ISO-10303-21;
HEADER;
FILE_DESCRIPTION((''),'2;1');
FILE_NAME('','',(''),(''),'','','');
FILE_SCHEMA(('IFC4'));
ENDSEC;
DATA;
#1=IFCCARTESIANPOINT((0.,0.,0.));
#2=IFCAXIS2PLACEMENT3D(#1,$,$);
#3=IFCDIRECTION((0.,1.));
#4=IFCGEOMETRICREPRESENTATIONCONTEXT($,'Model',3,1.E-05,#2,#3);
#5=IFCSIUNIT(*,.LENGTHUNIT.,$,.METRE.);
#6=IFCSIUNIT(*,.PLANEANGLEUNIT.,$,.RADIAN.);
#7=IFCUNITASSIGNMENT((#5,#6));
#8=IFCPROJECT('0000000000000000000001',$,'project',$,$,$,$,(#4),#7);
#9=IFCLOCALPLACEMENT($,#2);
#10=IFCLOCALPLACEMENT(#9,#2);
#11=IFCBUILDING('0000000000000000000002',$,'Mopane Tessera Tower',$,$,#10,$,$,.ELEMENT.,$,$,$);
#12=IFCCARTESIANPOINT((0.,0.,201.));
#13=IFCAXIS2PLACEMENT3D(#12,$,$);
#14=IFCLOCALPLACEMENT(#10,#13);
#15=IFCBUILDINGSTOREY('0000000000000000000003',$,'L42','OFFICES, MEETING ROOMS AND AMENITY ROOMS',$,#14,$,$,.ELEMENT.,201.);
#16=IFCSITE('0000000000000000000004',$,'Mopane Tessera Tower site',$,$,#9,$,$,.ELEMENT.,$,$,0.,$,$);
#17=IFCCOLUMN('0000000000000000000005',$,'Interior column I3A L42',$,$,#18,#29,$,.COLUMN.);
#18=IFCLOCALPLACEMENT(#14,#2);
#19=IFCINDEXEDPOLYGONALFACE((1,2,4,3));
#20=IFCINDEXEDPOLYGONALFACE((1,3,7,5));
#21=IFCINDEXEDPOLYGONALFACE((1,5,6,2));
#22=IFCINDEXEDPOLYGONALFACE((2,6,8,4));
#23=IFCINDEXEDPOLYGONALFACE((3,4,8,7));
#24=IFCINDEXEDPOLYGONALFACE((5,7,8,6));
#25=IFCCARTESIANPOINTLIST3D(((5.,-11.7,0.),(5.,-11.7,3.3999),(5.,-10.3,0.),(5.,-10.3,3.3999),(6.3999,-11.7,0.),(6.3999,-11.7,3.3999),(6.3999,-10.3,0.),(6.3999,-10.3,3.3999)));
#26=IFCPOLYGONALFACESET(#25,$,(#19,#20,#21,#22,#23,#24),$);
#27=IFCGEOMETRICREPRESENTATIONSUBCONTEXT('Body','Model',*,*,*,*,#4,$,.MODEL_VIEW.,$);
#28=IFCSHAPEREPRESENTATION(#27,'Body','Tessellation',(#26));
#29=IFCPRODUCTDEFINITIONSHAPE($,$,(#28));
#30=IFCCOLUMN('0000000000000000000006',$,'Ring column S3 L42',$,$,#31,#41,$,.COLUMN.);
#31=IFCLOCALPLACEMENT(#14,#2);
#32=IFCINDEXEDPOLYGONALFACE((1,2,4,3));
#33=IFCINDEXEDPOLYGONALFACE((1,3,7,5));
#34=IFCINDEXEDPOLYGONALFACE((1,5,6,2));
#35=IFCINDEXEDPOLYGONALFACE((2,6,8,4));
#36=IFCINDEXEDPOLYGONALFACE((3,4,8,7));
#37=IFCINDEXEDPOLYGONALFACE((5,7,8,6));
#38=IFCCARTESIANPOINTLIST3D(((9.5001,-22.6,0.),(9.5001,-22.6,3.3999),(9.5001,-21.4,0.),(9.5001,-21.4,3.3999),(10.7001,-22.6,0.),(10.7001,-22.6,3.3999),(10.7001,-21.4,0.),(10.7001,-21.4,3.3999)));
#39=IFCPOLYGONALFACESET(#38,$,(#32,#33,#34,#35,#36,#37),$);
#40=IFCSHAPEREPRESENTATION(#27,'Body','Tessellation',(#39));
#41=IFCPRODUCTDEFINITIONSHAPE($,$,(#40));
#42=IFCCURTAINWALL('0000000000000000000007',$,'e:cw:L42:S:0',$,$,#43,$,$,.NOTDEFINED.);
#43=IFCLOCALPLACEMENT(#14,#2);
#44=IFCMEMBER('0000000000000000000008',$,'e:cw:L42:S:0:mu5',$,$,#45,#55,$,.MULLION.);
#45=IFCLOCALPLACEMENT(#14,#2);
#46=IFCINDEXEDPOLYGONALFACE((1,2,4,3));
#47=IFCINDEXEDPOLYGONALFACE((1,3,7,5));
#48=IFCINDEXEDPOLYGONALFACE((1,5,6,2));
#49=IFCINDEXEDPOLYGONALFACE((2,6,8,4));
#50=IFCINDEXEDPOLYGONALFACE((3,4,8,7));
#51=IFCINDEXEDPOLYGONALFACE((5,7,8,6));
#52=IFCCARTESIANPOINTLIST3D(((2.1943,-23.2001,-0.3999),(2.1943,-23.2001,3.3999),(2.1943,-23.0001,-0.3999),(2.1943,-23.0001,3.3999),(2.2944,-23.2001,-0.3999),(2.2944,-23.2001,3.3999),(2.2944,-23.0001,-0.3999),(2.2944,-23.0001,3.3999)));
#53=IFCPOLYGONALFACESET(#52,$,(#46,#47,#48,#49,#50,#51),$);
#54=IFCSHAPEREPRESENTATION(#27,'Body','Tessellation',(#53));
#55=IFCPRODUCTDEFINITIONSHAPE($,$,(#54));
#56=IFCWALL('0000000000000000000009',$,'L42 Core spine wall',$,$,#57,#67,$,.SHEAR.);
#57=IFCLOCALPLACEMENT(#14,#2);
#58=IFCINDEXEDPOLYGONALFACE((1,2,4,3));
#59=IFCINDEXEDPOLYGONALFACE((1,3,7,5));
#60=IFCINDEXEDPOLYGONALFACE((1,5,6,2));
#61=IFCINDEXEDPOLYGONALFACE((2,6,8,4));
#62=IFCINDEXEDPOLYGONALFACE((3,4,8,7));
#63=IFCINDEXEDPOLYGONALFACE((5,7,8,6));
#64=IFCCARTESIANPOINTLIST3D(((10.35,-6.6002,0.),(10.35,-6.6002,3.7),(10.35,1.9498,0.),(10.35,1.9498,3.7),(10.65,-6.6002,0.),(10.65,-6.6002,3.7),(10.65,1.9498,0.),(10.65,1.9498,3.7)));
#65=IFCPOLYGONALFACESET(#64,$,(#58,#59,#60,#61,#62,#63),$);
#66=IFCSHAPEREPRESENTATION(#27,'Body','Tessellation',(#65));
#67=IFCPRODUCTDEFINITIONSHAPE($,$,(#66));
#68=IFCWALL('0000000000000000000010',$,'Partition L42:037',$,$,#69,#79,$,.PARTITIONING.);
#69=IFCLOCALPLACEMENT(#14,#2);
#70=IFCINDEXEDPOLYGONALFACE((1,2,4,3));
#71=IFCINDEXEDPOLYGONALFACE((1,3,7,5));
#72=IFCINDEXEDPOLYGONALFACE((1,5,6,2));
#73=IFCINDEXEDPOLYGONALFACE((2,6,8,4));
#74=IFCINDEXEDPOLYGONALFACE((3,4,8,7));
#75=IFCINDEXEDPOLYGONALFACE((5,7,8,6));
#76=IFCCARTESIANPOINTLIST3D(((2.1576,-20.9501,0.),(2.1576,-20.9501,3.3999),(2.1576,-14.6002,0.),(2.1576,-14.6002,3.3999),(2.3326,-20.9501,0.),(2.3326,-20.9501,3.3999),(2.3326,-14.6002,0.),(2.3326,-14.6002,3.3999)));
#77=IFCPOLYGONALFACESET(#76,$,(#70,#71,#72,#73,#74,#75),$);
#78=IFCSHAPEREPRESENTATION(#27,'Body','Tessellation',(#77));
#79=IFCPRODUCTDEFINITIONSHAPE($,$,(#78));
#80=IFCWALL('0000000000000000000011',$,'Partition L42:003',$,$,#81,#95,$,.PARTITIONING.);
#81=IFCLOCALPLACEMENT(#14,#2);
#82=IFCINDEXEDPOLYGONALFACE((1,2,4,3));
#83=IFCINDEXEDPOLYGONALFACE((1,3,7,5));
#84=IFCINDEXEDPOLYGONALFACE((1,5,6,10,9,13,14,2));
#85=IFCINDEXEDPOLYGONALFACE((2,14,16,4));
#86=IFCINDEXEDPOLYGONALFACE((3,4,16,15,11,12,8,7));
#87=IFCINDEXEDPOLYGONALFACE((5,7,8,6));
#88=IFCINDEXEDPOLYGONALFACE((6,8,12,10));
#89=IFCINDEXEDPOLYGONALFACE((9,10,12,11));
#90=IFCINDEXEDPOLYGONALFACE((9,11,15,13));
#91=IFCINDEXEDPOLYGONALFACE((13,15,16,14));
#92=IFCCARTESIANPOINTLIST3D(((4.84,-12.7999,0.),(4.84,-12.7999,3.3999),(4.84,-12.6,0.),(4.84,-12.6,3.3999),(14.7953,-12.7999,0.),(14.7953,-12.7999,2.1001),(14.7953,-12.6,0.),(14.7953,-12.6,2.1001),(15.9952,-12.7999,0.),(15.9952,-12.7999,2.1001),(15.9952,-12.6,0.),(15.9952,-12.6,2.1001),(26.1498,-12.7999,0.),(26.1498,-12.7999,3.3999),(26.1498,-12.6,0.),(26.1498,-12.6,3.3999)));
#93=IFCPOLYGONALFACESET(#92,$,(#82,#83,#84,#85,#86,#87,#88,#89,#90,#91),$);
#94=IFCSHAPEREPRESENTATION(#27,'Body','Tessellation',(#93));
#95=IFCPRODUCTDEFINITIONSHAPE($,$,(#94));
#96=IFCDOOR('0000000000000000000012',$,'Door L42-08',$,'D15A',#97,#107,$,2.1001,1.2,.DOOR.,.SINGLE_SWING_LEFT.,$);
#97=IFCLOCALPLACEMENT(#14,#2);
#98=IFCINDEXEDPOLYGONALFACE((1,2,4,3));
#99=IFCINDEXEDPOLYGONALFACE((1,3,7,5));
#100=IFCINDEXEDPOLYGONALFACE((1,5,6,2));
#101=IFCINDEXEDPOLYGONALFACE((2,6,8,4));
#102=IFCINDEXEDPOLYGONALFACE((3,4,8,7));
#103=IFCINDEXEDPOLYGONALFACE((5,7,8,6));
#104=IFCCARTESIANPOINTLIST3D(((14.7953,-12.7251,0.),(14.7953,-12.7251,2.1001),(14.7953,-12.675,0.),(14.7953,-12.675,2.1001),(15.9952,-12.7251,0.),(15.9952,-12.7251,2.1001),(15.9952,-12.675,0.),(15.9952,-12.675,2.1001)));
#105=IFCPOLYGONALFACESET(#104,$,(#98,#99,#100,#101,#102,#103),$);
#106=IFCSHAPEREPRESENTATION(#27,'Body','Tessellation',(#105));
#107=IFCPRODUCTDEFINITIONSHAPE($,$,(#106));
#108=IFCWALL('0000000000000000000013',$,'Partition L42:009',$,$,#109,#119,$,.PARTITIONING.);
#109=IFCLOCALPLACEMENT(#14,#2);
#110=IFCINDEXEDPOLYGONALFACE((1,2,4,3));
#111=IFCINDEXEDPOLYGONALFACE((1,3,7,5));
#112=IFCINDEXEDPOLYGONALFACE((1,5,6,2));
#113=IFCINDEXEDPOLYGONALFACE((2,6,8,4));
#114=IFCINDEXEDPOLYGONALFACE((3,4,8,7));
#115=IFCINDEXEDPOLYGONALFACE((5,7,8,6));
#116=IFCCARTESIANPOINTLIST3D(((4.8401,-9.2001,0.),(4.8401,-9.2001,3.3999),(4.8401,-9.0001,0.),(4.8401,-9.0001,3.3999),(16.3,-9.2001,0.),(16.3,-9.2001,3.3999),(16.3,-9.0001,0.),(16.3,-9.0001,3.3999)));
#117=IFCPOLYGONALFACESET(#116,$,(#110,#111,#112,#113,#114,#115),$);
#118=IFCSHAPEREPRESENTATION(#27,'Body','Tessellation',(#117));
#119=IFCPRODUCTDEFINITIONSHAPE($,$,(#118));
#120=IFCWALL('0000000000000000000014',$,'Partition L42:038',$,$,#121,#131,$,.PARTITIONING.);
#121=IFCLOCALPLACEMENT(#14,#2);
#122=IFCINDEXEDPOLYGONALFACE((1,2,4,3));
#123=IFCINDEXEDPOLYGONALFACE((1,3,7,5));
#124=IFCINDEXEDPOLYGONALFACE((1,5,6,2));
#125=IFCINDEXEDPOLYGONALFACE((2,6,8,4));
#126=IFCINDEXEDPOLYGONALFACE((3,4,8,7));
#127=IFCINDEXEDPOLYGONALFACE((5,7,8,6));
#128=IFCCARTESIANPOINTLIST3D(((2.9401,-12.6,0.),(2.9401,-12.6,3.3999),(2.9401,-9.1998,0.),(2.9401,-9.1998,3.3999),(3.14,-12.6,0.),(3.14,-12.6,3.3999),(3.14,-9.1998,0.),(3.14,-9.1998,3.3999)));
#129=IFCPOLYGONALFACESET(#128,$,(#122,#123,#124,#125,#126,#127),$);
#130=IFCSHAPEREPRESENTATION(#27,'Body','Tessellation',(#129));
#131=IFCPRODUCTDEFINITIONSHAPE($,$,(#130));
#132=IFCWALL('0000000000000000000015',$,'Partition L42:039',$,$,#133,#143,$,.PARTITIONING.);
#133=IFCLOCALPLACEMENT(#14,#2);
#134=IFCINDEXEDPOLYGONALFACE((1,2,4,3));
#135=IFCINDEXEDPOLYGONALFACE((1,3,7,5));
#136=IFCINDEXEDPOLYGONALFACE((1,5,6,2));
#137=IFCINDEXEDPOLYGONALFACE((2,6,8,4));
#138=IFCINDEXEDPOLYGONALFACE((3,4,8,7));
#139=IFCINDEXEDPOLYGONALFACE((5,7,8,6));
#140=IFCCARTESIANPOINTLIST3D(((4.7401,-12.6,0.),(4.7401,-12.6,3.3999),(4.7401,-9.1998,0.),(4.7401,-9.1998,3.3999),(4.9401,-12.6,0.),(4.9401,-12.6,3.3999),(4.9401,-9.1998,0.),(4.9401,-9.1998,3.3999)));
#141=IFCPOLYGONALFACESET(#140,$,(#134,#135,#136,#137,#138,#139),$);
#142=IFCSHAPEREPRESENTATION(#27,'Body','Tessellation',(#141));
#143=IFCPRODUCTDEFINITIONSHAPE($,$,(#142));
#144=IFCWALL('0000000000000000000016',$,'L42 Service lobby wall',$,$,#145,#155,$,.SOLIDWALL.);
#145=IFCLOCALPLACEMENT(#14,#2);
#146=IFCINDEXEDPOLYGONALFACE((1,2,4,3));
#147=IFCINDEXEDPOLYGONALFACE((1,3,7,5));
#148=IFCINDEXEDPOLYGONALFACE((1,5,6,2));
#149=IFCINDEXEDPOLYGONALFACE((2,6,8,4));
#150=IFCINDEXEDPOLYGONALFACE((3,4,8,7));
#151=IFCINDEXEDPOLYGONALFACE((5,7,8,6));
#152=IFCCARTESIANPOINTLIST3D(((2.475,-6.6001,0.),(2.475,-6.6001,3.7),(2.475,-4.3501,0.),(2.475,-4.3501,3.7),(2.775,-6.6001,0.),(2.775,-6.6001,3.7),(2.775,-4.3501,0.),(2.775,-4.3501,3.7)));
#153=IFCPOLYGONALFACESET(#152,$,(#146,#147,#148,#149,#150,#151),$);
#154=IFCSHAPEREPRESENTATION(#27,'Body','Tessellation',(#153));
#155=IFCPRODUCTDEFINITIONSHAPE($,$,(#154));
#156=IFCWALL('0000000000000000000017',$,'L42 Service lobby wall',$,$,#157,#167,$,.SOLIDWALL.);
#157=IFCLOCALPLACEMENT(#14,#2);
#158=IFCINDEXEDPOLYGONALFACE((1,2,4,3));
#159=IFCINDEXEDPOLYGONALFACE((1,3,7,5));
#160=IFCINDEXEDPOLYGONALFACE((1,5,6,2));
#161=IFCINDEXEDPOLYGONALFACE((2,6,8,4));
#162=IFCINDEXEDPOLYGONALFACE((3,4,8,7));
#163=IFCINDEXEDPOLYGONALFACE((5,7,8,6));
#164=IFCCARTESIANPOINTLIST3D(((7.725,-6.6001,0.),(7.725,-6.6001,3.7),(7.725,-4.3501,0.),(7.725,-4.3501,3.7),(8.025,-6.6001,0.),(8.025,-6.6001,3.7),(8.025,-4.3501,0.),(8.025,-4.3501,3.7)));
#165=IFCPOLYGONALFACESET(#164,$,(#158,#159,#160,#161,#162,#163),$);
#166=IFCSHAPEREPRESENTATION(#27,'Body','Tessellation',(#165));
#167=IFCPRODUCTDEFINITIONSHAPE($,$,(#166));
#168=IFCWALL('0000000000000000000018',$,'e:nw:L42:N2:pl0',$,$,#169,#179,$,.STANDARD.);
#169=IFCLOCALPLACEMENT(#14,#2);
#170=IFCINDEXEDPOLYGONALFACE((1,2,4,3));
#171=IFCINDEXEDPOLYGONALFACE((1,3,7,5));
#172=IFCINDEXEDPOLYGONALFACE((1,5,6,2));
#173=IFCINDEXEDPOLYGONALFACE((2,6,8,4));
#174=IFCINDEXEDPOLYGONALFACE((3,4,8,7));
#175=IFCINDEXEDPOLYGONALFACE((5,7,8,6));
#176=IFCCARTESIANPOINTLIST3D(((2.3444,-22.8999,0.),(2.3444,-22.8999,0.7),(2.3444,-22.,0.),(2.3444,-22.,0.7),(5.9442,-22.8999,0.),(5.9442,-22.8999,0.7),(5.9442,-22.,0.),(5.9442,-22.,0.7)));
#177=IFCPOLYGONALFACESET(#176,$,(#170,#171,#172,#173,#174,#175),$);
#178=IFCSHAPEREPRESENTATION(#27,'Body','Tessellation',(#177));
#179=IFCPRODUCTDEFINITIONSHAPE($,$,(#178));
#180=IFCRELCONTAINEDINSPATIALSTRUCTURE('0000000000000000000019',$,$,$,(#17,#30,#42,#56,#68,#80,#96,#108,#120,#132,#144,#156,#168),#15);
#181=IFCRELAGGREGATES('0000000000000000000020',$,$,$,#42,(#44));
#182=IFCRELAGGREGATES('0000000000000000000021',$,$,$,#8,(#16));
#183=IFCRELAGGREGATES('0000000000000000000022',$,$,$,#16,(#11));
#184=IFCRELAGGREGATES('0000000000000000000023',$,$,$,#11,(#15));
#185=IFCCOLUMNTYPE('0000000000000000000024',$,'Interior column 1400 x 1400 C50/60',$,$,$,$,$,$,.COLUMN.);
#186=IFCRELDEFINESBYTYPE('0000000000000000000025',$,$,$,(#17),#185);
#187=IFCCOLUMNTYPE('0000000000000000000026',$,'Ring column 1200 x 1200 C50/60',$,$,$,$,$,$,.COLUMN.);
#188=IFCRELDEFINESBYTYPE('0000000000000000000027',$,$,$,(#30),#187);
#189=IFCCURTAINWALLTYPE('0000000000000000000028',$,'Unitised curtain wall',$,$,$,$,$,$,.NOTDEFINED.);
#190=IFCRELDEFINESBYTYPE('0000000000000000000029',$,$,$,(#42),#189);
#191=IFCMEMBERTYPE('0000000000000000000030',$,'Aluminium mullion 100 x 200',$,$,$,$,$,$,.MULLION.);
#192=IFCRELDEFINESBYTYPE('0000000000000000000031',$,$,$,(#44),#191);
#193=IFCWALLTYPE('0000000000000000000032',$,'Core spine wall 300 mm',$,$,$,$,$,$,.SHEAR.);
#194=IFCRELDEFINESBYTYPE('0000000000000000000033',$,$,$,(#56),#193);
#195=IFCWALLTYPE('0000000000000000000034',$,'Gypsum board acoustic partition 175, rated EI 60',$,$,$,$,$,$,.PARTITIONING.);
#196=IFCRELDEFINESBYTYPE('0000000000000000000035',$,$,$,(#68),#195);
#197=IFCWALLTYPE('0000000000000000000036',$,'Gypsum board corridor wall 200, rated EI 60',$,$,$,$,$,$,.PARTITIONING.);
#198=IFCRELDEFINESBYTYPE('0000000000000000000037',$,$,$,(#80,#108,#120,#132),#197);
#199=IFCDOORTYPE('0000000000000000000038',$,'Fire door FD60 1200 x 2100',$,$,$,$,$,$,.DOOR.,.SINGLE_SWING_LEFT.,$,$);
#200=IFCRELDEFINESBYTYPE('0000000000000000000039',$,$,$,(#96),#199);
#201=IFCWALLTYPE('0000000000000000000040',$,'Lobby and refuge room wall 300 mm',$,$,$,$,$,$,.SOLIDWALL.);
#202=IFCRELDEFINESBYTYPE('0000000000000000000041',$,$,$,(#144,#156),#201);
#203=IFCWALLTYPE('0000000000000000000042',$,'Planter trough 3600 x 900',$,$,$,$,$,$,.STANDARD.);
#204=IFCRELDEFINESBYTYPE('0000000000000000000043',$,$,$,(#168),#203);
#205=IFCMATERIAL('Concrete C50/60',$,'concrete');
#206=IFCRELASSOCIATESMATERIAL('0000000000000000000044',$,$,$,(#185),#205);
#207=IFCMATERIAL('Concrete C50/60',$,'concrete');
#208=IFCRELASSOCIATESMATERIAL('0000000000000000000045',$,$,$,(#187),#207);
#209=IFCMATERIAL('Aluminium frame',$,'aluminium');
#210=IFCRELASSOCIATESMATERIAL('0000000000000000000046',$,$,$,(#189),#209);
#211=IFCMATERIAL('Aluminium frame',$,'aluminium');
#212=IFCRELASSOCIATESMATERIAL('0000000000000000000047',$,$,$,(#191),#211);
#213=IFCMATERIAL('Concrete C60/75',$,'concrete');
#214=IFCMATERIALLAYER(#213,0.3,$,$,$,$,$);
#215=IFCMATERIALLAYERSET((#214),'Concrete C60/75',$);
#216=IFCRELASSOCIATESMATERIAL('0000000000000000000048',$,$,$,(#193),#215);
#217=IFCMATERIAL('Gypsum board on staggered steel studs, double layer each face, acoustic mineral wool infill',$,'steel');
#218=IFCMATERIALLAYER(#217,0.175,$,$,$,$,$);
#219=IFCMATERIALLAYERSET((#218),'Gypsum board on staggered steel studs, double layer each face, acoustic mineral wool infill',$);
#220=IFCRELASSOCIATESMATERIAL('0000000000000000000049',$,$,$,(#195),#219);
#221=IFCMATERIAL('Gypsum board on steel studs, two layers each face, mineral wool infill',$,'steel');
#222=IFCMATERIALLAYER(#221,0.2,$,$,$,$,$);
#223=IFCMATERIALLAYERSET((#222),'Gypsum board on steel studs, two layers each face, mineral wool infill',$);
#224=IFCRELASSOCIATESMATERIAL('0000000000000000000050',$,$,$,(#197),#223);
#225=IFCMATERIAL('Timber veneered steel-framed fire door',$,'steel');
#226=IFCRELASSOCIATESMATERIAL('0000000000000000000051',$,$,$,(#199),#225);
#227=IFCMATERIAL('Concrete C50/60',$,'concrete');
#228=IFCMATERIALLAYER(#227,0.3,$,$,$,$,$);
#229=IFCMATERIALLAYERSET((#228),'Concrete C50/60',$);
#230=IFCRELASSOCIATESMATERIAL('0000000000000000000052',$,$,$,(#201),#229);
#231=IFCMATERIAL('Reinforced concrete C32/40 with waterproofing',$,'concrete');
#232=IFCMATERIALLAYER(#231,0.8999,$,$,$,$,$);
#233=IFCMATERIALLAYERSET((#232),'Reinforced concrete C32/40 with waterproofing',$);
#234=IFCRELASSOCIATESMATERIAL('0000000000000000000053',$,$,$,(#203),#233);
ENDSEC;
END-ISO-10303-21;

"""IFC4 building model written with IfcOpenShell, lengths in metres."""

from ifc_helpers import new_model, si_unit, direction, frame, frame_2d, origin, origin_2d, place, context, subcontext, project, spatial, rectangle, extrude, material, layer, layer_set, material_profile, profile_set, type_object, element, fill, aggregate, save


model = new_model("IFC4")

# Units and contexts
model_context = context("Model", 3, precision=1e-05, world=origin(), true_north=direction((0.0, 1.0)))
body_context = subcontext(model_context, "Body", "Model", "MODEL_VIEW")
ifc_project = project(units=[si_unit("LENGTHUNIT", "METRE"), si_unit("PLANEANGLEUNIT", "RADIAN")], contexts=[model_context])

# Site, building, storey
site_placement = place(None, origin())
site = spatial("IfcSite", under=ifc_project, at=site_placement, Name="Mopane Tessera Tower site", CompositionType="ELEMENT", RefElevation=0.0)
building_placement = place(site_placement, origin())
building = spatial("IfcBuilding", under=site, at=building_placement, Name="Mopane Tessera Tower", CompositionType="ELEMENT")
storey_placement = place(building_placement, frame((0.0, 0.0, 201.0)))
storey = spatial("IfcBuildingStorey", under=building, at=storey_placement, Name="L42", Description="OFFICES, MEETING ROOMS AND AMENITY ROOMS", CompositionType="ELEMENT", Elevation=201.0)

# Columns
ifc_material_1 = material(Name="Concrete C50/60", Category="concrete")
ifc_material_profile_1 = material_profile(ifc_material_1, rectangle(XDim=1.3999, YDim=1.3999, at=origin_2d()))
ifc_profile_set_1 = profile_set([ifc_material_profile_1], Name="Concrete C50/60")
column_type_1 = type_object("IfcColumnType", Name="Interior column 1400 x 1400 C50/60", PredefinedType="COLUMN", material=ifc_profile_set_1)
column_1_placement = place(storey_placement, frame((5.7, -11.0, 0.0), z_axis=(0.0, 0.0, 1.0), x_axis=(1.0, 0.0, 0.0)))
element("IfcColumn", 1, at=column_1_placement, inside=storey, type_object=column_type_1, Name="Interior column I3A L42", PredefinedType="COLUMN", context=body_context, shape_type="SweptSolid", body=[
    extrude(rectangle(XDim=1.3999, YDim=1.3999, at=origin_2d()), origin(), (0.0, 0.0, 1.0), 3.3999),
])
ifc_material_2 = material(Name="Concrete C50/60", Category="concrete")
ifc_material_profile_2 = material_profile(ifc_material_2, rectangle(XDim=1.2, YDim=1.2, at=origin_2d()))
ifc_profile_set_2 = profile_set([ifc_material_profile_2], Name="Concrete C50/60")
column_type_2 = type_object("IfcColumnType", Name="Ring column 1200 x 1200 C50/60", PredefinedType="COLUMN", material=ifc_profile_set_2)
column_2_placement = place(storey_placement, frame((10.1001, -22.0, 0.0), z_axis=(0.0, 0.0, 1.0), x_axis=(1.0, 0.0, 0.0)))
element("IfcColumn", 2, at=column_2_placement, inside=storey, type_object=column_type_2, Name="Ring column S3 L42", PredefinedType="COLUMN", context=body_context, shape_type="SweptSolid", body=[
    extrude(rectangle(XDim=1.2, YDim=1.2, at=origin_2d()), origin(), (0.0, 0.0, 1.0), 3.3999),
])

# Curtain wall, member
ifc_material_3 = material(Name="Aluminium frame", Category="aluminium")
curtain_wall_type = type_object("IfcCurtainWallType", Name="Unitised curtain wall", PredefinedType="NOTDEFINED", material=ifc_material_3)
curtain_wall_placement = place(storey_placement, origin())
curtain_wall = element("IfcCurtainWall", 3, at=curtain_wall_placement, inside=storey, type_object=curtain_wall_type, Name="e:cw:L42:S:0", PredefinedType="NOTDEFINED")
ifc_material_4 = material(Name="Aluminium frame", Category="aluminium")
ifc_material_profile_3 = material_profile(ifc_material_4, rectangle(XDim=0.1001, YDim=0.2, at=origin_2d()))
ifc_profile_set_3 = profile_set([ifc_material_profile_3], Name="Aluminium frame")
member_type = type_object("IfcMemberType", Name="Aluminium mullion 100 x 200", PredefinedType="MULLION", material=ifc_profile_set_3)
member_placement = place(storey_placement, frame((2.2444, -23.1001, -0.3999), z_axis=(0.0, 0.0, 1.0), x_axis=(1.0, 0.0, 0.0)))
member = element("IfcMember", 4, at=member_placement, type_object=member_type, Name="e:cw:L42:S:0:mu5", PredefinedType="MULLION", context=body_context, shape_type="SweptSolid", body=[
    extrude(rectangle(XDim=0.1001, YDim=0.2, at=origin_2d()), origin(), (0.0, 0.0, 1.0), 3.7998),
])
aggregate(curtain_wall, [member])

# Walls
ifc_material_5 = material(Name="Concrete C60/75", Category="concrete")
ifc_layer_1 = layer(ifc_material_5, 0.3)
ifc_layer_set_1 = layer_set([ifc_layer_1], Name="Concrete C60/75")
wall_type_1 = type_object("IfcWallType", Name="Core spine wall 300 mm", PredefinedType="SHEAR", material=ifc_layer_set_1)
wall_1_placement = place(storey_placement, frame((10.5, -6.6001, 0.0), z_axis=(0.0, 0.0, 1.0), x_axis=(0.0, 1.0, 0.0)))
element("IfcWall", 5, at=wall_1_placement, inside=storey, type_object=wall_type_1, Name="L42 Core spine wall", PredefinedType="SHEAR", context=body_context, shape_type="SweptSolid", body=[
    extrude(rectangle(XDim=8.55, YDim=0.3, at=frame_2d((4.2749, 0.0))), origin(), (0.0, 0.0, 1.0), 3.7),
])
ifc_material_6 = material(Name="Gypsum board on staggered steel studs, double layer each face, acoustic mineral wool infill", Category="steel")
ifc_layer_2 = layer(ifc_material_6, 0.175)
ifc_layer_set_2 = layer_set([ifc_layer_2], Name="Gypsum board on staggered steel studs, double layer each face, acoustic mineral wool infill")
wall_type_2 = type_object("IfcWallType", Name="Gypsum board acoustic partition 175, rated EI 60", PredefinedType="PARTITIONING", material=ifc_layer_set_2)
wall_2_placement = place(storey_placement, frame((2.2451, -20.95, 0.0), z_axis=(0.0, 0.0, 1.0), x_axis=(0.0, 1.0, 0.0)))
element("IfcWall", 6, at=wall_2_placement, inside=storey, type_object=wall_type_2, Name="Partition L42:037", PredefinedType="PARTITIONING", context=body_context, shape_type="SweptSolid", body=[
    extrude(rectangle(XDim=6.3499, YDim=0.175, at=frame_2d((3.1748, 0.0))), origin(), (0.0, 0.0, 1.0), 3.3999),
])

# Wall, opening, door
ifc_material_7 = material(Name="Gypsum board on steel studs, two layers each face, mineral wool infill", Category="steel")
ifc_layer_3 = layer(ifc_material_7, 0.2)
ifc_layer_set_3 = layer_set([ifc_layer_3], Name="Gypsum board on steel studs, two layers each face, mineral wool infill")
wall_type_3 = type_object("IfcWallType", Name="Gypsum board corridor wall 200, rated EI 60", PredefinedType="PARTITIONING", material=ifc_layer_set_3)
wall_3_placement = place(storey_placement, frame((4.8401, -12.7, 0.0), z_axis=(0.0, 0.0, 1.0), x_axis=(1.0, 0.0, 0.0)))
wall_3 = element("IfcWall", 7, at=wall_3_placement, inside=storey, type_object=wall_type_3, Name="Partition L42:003", PredefinedType="PARTITIONING", context=body_context, shape_type="SweptSolid", body=[
    extrude(rectangle(XDim=21.3098, YDim=0.2, at=frame_2d((10.6548, 0.0))), origin(), (0.0, 0.0, 1.0), 3.3999),
])
opening_1_placement = place(wall_3_placement, frame((9.9551, 0.0, 0.0)))
opening_1 = element("IfcOpeningElement", 8, at=opening_1_placement, cuts=wall_3, PredefinedType="OPENING", context=body_context, shape_type="SweptSolid", body=[
    extrude(rectangle(XDim=1.2, YDim=2.1001, at=frame_2d((0.6001, 1.05))), frame((0.0, 0.1121, 0.0), z_axis=(0.0, -1.0, 0.0), x_axis=(1.0, 0.0, 0.0)), (0.0, 0.0, 1.0), 0.2239),
])
ifc_material_8 = material(Name="Timber veneered steel-framed fire door", Category="steel")
door_type_1 = type_object("IfcDoorType", Name="Fire door FD60 1200 x 2100", OperationType="SINGLE_SWING_LEFT", PredefinedType="DOOR", material=ifc_material_8)
door_1_placement = place(opening_1_placement, origin())
door_1 = element("IfcDoor", 9, at=door_1_placement, inside=storey, type_object=door_type_1, Name="Door L42-08", ObjectType="D15A", OperationType="SINGLE_SWING_LEFT", OverallHeight=2.1001, OverallWidth=1.2, PredefinedType="DOOR", context=body_context, shape_type="SweptSolid", body=[
    extrude(rectangle(XDim=1.2, YDim=2.1001, at=frame_2d((0.6001, 1.05))), frame((0.0, 0.0249, 0.0), z_axis=(0.0, -1.0, 0.0), x_axis=(1.0, 0.0, 0.0)), (0.0, 0.0, 1.0), 0.05),
])
fill(opening_1, door_1)

# Walls
wall_4_placement = place(storey_placement, frame((4.8401, -9.1001, 0.0), z_axis=(0.0, 0.0, 1.0), x_axis=(1.0, 0.0, 0.0)))
element("IfcWall", 10, at=wall_4_placement, inside=storey, type_object=wall_type_3, Name="Partition L42:009", PredefinedType="PARTITIONING", context=body_context, shape_type="SweptSolid", body=[
    extrude(rectangle(XDim=11.46, YDim=0.2, at=frame_2d((5.73, 0.0))), origin(), (0.0, 0.0, 1.0), 3.3999),
])
for number, where, z_axis, x_axis, name in (
    (11, (3.04, -12.6001, 0.0), (0.0, 0.0, 1.0), (0.0, 1.0, 0.0), "Partition L42:038"),
    (12, (4.8401, -12.6001, 0.0), (0.0, 0.0, 1.0), (0.0, 1.0, 0.0), "Partition L42:039"),
):
    element("IfcWall", number, at=place(storey_placement, frame(where, z_axis=z_axis, x_axis=x_axis)), inside=storey, type_object=wall_type_3, Name=name, PredefinedType="PARTITIONING", context=body_context, shape_type="SweptSolid", body=[
        extrude(rectangle(XDim=3.4001, YDim=0.2, at=frame_2d((1.7002, 0.0))), origin(), (0.0, 0.0, 1.0), 3.3999),
    ])
ifc_material_9 = material(Name="Concrete C50/60", Category="concrete")
ifc_layer_4 = layer(ifc_material_9, 0.3)
ifc_layer_set_4 = layer_set([ifc_layer_4], Name="Concrete C50/60")
wall_type_4 = type_object("IfcWallType", Name="Lobby and refuge room wall 300 mm", PredefinedType="SOLIDWALL", material=ifc_layer_set_4)
for number, where, z_axis, x_axis, name in (
    (13, (2.625, -6.6001, 0.0), (0.0, 0.0, 1.0), (0.0, 1.0, 0.0), "L42 Service lobby wall"),
    (14, (7.875, -6.6001, 0.0), (0.0, 0.0, 1.0), (0.0, 1.0, 0.0), "L42 Service lobby wall"),
):
    element("IfcWall", number, at=place(storey_placement, frame(where, z_axis=z_axis, x_axis=x_axis)), inside=storey, type_object=wall_type_4, Name=name, PredefinedType="SOLIDWALL", context=body_context, shape_type="SweptSolid", body=[
        extrude(rectangle(XDim=2.25, YDim=0.3, at=frame_2d((1.125, 0.0))), origin(), (0.0, 0.0, 1.0), 3.7),
    ])
ifc_material_10 = material(Name="Reinforced concrete C32/40 with waterproofing", Category="concrete")
ifc_layer_5 = layer(ifc_material_10, 0.8999)
ifc_layer_set_5 = layer_set([ifc_layer_5], Name="Reinforced concrete C32/40 with waterproofing")
wall_type_5 = type_object("IfcWallType", Name="Planter trough 3600 x 900", PredefinedType="STANDARD", material=ifc_layer_set_5)
for number, where, z_axis, x_axis, name in (
    (15, (2.3445, -22.45, 0.0), (0.0, 0.0, 1.0), (1.0, 0.0, 0.0), "e:nw:L42:N2:pl0"),
):
    element("IfcWall", number, at=place(storey_placement, frame(where, z_axis=z_axis, x_axis=x_axis)), inside=storey, type_object=wall_type_5, Name=name, PredefinedType="STANDARD", context=body_context, shape_type="SweptSolid", body=[
        extrude(rectangle(XDim=3.5999, YDim=0.8999, at=frame_2d((1.7998, 0.0))), origin(), (0.0, 0.0, 1.0), 0.7),
    ])

save(model, "model.ifc")
